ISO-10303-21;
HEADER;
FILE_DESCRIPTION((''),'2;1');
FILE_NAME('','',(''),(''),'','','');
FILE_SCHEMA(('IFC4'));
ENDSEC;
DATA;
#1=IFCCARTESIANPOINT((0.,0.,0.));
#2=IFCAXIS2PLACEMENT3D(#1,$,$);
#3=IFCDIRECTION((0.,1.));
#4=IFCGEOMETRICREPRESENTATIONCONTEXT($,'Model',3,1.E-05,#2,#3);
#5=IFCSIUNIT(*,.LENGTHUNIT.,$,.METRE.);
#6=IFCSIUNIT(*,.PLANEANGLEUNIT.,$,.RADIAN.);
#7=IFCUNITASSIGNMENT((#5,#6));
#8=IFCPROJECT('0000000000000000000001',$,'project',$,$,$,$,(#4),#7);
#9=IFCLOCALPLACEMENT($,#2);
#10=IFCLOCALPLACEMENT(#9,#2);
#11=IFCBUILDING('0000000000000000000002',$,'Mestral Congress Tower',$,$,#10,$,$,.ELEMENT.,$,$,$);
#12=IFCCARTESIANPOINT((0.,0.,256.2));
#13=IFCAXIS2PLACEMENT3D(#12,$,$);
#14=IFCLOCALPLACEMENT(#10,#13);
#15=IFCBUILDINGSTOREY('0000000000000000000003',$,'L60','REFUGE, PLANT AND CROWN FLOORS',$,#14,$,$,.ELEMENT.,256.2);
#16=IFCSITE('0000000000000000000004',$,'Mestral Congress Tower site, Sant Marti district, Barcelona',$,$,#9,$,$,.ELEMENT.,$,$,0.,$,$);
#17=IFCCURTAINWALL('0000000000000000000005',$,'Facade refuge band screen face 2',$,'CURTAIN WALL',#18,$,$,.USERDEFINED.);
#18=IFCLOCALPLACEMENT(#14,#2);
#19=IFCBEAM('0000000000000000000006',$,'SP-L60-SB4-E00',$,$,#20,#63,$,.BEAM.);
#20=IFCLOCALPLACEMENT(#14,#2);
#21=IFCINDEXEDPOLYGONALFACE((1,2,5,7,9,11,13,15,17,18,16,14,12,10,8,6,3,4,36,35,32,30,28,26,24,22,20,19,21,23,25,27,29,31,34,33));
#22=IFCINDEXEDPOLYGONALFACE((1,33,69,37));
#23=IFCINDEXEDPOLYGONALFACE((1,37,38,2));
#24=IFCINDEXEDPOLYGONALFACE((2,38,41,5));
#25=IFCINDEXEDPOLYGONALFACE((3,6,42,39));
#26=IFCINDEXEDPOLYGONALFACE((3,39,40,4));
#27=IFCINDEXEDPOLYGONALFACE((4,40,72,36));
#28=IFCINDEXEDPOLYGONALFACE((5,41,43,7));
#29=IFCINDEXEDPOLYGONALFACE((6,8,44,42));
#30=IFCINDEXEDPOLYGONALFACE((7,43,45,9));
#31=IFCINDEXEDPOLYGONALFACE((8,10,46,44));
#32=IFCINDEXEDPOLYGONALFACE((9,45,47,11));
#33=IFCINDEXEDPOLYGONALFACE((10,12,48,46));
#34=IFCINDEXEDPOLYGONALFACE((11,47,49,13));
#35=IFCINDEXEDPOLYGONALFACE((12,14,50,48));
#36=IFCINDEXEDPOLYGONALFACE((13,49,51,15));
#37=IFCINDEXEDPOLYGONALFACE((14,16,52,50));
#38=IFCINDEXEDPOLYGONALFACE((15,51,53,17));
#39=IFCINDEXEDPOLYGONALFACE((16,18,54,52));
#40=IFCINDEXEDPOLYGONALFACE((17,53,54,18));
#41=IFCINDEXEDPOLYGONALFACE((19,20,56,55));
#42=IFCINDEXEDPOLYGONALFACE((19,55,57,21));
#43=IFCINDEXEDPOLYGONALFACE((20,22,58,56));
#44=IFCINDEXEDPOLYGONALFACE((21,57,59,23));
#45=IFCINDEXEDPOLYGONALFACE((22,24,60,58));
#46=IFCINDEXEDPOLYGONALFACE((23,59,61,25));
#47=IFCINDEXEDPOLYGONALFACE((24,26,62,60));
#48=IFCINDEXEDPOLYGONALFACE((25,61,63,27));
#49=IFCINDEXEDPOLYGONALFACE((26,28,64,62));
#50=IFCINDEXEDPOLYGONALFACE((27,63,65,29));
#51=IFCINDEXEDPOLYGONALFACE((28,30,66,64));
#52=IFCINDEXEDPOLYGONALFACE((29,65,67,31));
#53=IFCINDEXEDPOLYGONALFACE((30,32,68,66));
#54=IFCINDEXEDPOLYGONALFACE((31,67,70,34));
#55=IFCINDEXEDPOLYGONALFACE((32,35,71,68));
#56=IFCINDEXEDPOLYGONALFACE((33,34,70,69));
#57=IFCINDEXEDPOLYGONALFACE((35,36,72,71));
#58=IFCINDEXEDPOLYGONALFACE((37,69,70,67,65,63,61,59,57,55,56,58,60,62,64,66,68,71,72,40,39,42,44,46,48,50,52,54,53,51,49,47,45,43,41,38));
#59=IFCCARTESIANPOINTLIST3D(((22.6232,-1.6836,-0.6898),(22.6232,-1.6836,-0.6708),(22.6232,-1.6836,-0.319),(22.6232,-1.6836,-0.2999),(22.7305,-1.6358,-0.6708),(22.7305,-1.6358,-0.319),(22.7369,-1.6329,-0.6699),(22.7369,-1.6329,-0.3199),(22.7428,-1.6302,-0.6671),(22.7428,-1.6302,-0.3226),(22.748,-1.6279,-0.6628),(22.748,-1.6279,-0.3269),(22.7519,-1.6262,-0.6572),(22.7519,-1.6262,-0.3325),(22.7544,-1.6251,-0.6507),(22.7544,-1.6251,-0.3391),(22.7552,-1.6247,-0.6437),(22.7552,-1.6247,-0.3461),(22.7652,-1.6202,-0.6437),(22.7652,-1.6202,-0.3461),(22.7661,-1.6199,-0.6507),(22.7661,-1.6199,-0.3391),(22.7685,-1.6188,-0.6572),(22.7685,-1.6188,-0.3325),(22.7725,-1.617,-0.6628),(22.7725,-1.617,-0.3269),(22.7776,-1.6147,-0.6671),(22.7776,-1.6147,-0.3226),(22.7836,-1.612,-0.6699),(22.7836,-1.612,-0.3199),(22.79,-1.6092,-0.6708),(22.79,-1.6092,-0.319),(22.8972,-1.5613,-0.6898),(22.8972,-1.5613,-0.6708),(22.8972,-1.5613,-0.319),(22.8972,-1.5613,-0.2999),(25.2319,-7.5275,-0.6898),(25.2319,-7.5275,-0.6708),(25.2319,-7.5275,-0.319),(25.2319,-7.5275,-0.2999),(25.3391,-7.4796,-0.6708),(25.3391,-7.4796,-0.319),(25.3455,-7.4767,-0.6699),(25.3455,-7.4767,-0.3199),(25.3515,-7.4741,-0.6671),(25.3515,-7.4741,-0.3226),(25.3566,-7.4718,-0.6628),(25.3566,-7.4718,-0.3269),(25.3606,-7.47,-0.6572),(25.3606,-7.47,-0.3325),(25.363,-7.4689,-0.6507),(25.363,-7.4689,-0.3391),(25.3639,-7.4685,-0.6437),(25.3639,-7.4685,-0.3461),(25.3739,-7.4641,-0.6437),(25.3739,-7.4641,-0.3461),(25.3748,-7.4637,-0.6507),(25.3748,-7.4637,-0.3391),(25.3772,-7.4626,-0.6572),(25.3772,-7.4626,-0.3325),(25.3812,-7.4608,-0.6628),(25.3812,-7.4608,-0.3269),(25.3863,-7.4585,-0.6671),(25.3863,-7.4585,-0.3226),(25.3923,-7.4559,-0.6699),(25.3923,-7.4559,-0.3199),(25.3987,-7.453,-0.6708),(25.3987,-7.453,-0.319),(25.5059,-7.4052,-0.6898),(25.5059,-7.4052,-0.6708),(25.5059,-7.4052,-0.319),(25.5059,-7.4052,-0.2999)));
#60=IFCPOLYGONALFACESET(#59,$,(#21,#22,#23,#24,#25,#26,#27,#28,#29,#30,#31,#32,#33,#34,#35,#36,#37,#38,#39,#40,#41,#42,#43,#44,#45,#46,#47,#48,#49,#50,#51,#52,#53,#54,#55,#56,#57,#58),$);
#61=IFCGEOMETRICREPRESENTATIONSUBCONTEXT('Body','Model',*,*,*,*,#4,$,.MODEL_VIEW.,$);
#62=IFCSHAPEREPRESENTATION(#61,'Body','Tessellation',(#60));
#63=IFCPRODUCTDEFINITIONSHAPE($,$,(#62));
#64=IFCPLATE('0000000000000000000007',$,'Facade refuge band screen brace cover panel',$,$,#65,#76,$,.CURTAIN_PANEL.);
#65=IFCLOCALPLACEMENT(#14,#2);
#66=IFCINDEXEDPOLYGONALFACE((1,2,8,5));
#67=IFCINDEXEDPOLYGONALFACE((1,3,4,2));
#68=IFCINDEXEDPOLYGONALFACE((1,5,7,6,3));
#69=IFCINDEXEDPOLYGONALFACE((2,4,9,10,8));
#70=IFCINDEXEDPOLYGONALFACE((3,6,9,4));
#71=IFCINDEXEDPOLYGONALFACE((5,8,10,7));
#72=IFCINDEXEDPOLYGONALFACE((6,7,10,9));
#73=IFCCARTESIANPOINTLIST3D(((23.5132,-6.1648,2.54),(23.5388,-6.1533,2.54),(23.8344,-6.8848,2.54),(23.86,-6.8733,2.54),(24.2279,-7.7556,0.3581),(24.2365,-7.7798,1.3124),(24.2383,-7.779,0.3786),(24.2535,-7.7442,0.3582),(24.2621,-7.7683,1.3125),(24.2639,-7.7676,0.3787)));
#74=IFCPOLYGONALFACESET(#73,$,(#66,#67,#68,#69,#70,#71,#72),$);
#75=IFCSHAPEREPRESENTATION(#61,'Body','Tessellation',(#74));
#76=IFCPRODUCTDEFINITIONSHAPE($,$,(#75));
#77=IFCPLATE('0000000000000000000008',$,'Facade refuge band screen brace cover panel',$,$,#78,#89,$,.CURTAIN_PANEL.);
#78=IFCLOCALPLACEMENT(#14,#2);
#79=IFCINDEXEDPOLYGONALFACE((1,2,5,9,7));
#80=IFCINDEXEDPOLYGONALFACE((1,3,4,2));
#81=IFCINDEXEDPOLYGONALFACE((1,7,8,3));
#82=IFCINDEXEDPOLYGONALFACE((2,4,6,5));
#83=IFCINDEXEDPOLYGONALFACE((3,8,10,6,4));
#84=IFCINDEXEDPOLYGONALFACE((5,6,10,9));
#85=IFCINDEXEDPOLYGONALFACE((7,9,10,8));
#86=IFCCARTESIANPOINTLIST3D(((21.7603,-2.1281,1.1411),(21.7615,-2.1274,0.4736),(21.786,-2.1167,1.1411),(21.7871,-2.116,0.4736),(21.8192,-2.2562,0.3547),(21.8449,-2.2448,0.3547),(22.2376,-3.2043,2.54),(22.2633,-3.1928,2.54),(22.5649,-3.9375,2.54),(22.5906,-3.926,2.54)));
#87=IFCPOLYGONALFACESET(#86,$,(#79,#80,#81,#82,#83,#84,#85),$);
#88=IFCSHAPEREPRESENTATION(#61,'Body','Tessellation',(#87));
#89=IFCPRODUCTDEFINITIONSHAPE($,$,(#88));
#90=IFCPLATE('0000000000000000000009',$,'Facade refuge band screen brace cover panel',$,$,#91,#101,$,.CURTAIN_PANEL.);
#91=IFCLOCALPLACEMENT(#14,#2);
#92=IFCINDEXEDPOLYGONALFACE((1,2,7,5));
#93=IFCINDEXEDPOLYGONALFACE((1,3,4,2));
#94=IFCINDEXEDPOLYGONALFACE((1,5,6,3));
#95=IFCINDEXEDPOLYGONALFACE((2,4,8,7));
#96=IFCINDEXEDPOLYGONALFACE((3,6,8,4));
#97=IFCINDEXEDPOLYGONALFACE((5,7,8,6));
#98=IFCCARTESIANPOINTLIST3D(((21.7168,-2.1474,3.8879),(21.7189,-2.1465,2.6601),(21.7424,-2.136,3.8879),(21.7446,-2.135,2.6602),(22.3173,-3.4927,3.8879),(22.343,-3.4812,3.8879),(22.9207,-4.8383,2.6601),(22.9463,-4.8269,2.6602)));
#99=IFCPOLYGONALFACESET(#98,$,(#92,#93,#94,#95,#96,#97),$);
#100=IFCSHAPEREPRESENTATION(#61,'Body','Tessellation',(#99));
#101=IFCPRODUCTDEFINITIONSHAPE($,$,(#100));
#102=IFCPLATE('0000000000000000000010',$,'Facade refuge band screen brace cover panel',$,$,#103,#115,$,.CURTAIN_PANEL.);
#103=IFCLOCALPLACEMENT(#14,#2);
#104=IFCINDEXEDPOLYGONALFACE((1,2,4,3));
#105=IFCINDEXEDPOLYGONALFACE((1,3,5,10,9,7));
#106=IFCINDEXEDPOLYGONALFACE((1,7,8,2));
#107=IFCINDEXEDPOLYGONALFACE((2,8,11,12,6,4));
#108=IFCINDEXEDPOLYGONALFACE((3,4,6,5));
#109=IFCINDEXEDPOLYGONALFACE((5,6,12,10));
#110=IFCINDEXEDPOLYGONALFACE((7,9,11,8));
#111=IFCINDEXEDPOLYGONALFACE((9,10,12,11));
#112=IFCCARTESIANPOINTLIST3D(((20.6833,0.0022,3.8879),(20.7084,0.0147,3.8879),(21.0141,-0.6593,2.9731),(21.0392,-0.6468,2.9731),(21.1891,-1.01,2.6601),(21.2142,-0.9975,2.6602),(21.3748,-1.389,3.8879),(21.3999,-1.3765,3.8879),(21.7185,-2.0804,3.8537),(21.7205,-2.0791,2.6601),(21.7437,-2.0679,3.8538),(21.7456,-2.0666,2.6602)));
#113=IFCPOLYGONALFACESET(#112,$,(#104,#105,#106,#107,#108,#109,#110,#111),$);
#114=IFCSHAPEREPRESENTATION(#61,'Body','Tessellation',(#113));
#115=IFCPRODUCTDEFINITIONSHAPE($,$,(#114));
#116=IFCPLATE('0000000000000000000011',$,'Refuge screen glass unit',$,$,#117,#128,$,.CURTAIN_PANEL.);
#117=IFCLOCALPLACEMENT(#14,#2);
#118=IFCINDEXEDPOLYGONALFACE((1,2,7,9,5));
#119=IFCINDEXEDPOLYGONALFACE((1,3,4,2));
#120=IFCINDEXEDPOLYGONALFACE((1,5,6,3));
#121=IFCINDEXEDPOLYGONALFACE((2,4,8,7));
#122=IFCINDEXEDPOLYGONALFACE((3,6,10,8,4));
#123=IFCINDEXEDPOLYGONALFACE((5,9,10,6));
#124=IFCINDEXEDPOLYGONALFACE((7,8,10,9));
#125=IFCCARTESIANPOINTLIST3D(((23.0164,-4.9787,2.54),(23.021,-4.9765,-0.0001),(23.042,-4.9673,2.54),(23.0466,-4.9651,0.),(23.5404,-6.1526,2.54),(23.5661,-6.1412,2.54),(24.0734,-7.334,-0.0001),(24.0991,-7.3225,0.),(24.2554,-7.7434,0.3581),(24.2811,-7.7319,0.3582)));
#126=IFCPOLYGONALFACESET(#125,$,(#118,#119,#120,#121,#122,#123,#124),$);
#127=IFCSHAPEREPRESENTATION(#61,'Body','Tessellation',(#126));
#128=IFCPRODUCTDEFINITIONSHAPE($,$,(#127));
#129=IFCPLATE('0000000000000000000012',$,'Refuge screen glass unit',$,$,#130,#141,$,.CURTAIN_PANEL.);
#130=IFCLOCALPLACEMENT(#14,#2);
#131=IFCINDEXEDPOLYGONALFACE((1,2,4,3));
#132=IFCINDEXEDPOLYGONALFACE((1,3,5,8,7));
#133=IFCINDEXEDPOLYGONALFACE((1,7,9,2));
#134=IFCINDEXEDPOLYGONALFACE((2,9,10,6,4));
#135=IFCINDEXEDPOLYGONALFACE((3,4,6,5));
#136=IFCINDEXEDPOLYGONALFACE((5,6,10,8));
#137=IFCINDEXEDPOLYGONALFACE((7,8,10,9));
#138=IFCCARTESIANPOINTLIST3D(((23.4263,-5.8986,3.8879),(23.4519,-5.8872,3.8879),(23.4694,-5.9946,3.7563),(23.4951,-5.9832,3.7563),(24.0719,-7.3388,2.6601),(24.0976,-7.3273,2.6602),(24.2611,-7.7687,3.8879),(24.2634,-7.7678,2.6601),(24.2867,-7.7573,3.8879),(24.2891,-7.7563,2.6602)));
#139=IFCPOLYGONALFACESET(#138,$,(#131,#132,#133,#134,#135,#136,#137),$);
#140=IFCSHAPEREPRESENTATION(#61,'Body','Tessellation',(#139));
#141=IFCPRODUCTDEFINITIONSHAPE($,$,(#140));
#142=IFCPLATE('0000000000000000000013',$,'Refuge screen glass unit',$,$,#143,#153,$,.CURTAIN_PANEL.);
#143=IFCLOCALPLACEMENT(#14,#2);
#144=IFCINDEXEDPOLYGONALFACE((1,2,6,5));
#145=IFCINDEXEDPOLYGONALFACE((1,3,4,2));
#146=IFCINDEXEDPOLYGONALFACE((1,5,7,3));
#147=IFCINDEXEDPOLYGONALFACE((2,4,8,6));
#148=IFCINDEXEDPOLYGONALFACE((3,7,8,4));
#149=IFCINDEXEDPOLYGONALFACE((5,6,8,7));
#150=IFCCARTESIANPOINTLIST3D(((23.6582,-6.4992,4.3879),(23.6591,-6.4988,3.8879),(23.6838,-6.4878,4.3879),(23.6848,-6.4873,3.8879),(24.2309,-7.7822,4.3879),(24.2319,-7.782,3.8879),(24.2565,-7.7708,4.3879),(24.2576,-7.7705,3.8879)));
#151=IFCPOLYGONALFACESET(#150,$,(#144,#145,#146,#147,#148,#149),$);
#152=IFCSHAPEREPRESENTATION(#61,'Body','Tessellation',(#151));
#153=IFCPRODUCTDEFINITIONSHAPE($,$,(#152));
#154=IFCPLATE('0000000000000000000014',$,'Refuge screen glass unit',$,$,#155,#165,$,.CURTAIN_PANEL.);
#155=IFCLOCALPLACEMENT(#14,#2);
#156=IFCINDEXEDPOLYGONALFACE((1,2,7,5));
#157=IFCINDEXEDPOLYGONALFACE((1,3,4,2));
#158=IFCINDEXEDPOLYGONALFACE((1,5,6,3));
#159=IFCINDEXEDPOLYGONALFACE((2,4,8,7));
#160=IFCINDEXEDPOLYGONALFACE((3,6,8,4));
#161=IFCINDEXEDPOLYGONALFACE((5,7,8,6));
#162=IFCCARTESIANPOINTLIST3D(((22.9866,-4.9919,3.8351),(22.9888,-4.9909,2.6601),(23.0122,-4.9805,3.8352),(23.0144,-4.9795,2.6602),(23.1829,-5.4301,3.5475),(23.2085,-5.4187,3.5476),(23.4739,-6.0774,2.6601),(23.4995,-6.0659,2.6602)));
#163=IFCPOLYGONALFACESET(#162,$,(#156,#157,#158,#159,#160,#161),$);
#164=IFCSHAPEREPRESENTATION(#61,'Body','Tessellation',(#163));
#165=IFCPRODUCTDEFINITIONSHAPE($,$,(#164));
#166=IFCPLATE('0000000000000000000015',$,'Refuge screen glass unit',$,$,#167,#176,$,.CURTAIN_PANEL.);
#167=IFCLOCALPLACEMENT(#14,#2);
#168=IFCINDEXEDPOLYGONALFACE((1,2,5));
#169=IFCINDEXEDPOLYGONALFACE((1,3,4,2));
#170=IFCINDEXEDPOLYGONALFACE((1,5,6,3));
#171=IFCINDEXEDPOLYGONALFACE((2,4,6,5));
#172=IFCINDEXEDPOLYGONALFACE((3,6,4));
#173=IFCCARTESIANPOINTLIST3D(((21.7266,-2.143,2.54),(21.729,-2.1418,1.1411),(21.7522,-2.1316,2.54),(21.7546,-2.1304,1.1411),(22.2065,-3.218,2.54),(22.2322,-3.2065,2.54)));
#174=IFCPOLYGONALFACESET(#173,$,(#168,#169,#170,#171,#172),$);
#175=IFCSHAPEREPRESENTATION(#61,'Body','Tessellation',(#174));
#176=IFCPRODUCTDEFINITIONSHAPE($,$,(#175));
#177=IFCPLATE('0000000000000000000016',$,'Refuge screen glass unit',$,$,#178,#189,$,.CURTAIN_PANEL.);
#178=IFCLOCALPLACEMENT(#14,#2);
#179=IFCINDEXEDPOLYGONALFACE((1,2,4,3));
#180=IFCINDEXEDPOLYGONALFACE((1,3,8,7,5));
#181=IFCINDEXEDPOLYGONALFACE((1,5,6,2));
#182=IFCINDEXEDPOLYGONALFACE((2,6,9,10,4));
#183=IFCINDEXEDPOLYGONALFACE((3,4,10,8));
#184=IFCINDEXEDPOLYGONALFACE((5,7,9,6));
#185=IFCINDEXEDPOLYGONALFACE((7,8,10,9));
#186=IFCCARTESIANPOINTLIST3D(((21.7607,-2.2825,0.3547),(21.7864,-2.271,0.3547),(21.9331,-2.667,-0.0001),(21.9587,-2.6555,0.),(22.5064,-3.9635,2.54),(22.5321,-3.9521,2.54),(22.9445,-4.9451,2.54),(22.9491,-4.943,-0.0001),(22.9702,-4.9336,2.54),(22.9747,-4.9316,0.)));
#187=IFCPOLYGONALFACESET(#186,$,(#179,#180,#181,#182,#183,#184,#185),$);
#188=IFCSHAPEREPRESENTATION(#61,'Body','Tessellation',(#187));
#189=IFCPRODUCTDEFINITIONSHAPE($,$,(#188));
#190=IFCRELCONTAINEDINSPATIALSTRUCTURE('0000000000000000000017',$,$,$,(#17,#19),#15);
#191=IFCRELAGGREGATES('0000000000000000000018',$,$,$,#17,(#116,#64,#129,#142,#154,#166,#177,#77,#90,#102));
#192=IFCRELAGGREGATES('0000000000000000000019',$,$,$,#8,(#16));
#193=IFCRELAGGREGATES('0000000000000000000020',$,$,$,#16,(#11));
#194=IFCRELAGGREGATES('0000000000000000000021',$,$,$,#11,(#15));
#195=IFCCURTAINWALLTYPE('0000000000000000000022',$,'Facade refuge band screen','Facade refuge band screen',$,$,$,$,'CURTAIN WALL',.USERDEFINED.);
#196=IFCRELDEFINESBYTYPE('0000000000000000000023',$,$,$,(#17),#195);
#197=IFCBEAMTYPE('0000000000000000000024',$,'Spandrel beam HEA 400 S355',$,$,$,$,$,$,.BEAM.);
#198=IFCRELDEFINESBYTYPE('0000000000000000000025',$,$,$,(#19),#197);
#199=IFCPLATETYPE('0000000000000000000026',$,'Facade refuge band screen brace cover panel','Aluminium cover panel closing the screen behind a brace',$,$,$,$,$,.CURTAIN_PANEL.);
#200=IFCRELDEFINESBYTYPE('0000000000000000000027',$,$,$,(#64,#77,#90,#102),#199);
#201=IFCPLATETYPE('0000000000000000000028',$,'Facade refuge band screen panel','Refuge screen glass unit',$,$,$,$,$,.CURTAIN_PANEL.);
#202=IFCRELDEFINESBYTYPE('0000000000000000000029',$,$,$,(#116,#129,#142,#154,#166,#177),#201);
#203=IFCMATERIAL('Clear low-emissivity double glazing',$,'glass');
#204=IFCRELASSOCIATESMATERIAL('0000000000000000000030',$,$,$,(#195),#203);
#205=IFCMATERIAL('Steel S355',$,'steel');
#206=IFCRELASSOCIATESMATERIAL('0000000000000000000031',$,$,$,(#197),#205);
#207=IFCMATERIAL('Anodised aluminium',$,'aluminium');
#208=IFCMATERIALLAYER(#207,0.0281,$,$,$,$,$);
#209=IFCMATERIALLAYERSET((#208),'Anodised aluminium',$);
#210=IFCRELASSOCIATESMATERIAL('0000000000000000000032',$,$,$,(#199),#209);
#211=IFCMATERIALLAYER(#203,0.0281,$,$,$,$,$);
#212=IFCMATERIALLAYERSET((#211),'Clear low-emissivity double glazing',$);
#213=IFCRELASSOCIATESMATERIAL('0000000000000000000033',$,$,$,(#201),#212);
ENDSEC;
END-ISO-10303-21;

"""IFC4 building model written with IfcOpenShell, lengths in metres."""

from ifc_helpers import new_model, si_unit, direction, frame, origin, origin_2d, place, context, subcontext, project, spatial, polyline, i_section, outline, extrude, material, layer, layer_set, material_profile, profile_set, type_object, element, aggregate, save


model = new_model("IFC4")

# Units and contexts
model_context = context("Model", 3, precision=1e-05, world=origin(), true_north=direction((0.0, 1.0)))
body_context = subcontext(model_context, "Body", "Model", "MODEL_VIEW")
ifc_project = project(units=[si_unit("LENGTHUNIT", "METRE"), si_unit("PLANEANGLEUNIT", "RADIAN")], contexts=[model_context])

# Site, building, storey
site_placement = place(None, origin())
site = spatial("IfcSite", under=ifc_project, at=site_placement, Name="Mestral Congress Tower site, Sant Marti district, Barcelona", CompositionType="ELEMENT", RefElevation=0.0)
building_placement = place(site_placement, origin())
building = spatial("IfcBuilding", under=site, at=building_placement, Name="Mestral Congress Tower", CompositionType="ELEMENT")
storey_placement = place(building_placement, frame((0.0, 0.0, 256.2)))
storey = spatial("IfcBuildingStorey", under=building, at=storey_placement, Name="L60", Description="REFUGE, PLANT AND CROWN FLOORS", CompositionType="ELEMENT", Elevation=256.2)

# Shared definitions
ifc_material_1 = material(Name="Steel S355", Category="steel")

# Curtain wall
ifc_material_2 = material(Name="Clear low-emissivity double glazing", Category="glass")
curtain_wall_type = type_object("IfcCurtainWallType", Name="Facade refuge band screen", Description="Facade refuge band screen", ElementType="CURTAIN WALL", PredefinedType="USERDEFINED", material=ifc_material_2)
curtain_wall_placement = place(storey_placement, origin())
curtain_wall = element("IfcCurtainWall", 1, at=curtain_wall_placement, inside=storey, type_object=curtain_wall_type, Name="Facade refuge band screen face 2", ObjectType="CURTAIN WALL", PredefinedType="USERDEFINED")
ifc_material_3 = material(Name="Anodised aluminium", Category="aluminium")

# Beam
ifc_material_profile_1 = material_profile(ifc_material_1, i_section(OverallWidth=0.3, OverallDepth=0.3899, WebThickness=0.011, FlangeThickness=0.019, FilletRadius=0.0271, at=origin_2d()), Name="HEA 400")
ifc_profile_set_1 = profile_set([ifc_material_profile_1], Name="Steel S355")
beam_type_1 = type_object("IfcBeamType", Name="Spandrel beam HEA 400 S355", PredefinedType="BEAM", material=ifc_profile_set_1)
beam_1_placement = place(storey_placement, frame((25.3689, -7.4663, -0.4949), z_axis=(-0.407628, 0.913148, 0.0), x_axis=(-0.913148, -0.407628, 0.0)))
element("IfcBeam", 2, at=beam_1_placement, inside=storey, type_object=beam_type_1, Name="SP-L60-SB4-E00", PredefinedType="BEAM", context=body_context, shape_type="SweptSolid", body=[
    extrude(i_section(OverallWidth=0.3, OverallDepth=0.3899, WebThickness=0.011, FlangeThickness=0.019, FilletRadius=0.0271, at=origin_2d()), origin(), (0.0, 0.0, 1.0), 6.3997),
])

# Plates
ifc_layer_1 = layer(ifc_material_3, 0.0281)
ifc_layer_set_1 = layer_set([ifc_layer_1], Name="Anodised aluminium")
plate_type_1 = type_object("IfcPlateType", Name="Facade refuge band screen brace cover panel", Description="Aluminium cover panel closing the screen behind a brace", PredefinedType="CURTAIN_PANEL", material=ifc_layer_set_1)
plate_1_placement = place(storey_placement, frame((23.5388, -6.1533, 2.54), z_axis=(0.913241, 0.407415, 0.002091), x_axis=(0.255872, -0.56954, -0.781123)))
plate_1 = element("IfcPlate", 3, at=plate_1_placement, type_object=plate_type_1, Name="Facade refuge band screen brace cover panel", PredefinedType="CURTAIN_PANEL", context=body_context, shape_type="SweptSolid", body=[
    extrude(outline(polyline([(0.0, 0.0), (2.7933, 0.0), (2.7932, -0.0328), (2.0638, -0.6158), (0.4923, -0.6158), (0.0, 0.0)])), origin(), (0.0, 0.0, -1.0), 0.0281),
])
plate_2_placement = place(storey_placement, frame((21.7871, -2.116, 0.4736), z_axis=(0.913154, 0.40761, 0.001991), x_axis=(0.312964, -0.697976, -0.644115)))
plate_2 = element("IfcPlate", 4, at=plate_2_placement, type_object=plate_type_1, Name="Facade refuge band screen brace cover panel", PredefinedType="CURTAIN_PANEL", context=body_context, shape_type="SweptSolid", body=[
    extrude(outline(polyline([(0.0, 0.0), (0.1846, 0.0), (0.1838, -2.8562), (-0.4304, -2.3391), (-0.4298, -0.5107), (0.0, 0.0)])), origin(), (0.0, 0.0, -1.0), 0.0281),
])
plate_3_placement = place(storey_placement, frame((21.7424, -2.136, 3.8879), z_axis=(0.913139, 0.407644, 0.001917), x_axis=(0.001752, 0.000779, -0.999998)))
plate_3 = element("IfcPlate", 5, at=plate_3_placement, type_object=plate_type_1, Name="Facade refuge band screen brace cover panel", PredefinedType="CURTAIN_PANEL", context=body_context, shape_type="SweptSolid", body=[
    extrude(outline(polyline([(0.0, 0.0), (1.2278, 0.0), (1.2278, -2.9479), (0.0, -1.4732), (0.0, 0.0)])), origin(), (0.0, 0.0, -1.0), 0.0281),
])
plate_4_placement = place(storey_placement, frame((21.7437, -2.0679, 3.8538), z_axis=(0.895475, 0.445107, 0.001962), x_axis=(-0.44475, 0.894562, 0.044223)))
plate_4 = element("IfcPlate", 6, at=plate_4_placement, type_object=plate_type_1, Name="Facade refuge band screen brace cover panel", PredefinedType="CURTAIN_PANEL", context=body_context, shape_type="SweptSolid", body=[
    extrude(outline(polyline([(0.0, 0.0), (0.7729, 0.0), (2.3249, -0.0687), (1.5456, -0.9499), (1.1402, -1.2452), (-0.0526, -1.1924), (0.0, 0.0)])), origin(), (0.0, 0.0, -1.0), 0.0281),
])
ifc_layer_2 = layer(ifc_material_2, 0.0281)
ifc_layer_set_2 = layer_set([ifc_layer_2], Name="Clear low-emissivity double glazing")
plate_type_2 = type_object("IfcPlateType", Name="Facade refuge band screen panel", Description="Refuge screen glass unit", PredefinedType="CURTAIN_PANEL", material=ifc_layer_set_2)
plate_5_placement = place(storey_placement, frame((23.042, -4.9673, 2.54), z_axis=(0.913128, 0.407668, 0.002007), x_axis=(0.001814, 0.000859, -0.999998)))
plate_5 = element("IfcPlate", 7, at=plate_5_placement, type_object=plate_type_2, Name="Refuge screen glass unit", PredefinedType="CURTAIN_PANEL", context=body_context, shape_type="SweptSolid", body=[
    extrude(outline(polyline([(0.0, 0.0), (2.54, 0.0), (2.5399, -2.5817), (2.1818, -3.0297), (-0.0001, -1.2855), (0.0, 0.0)])), origin(), (0.0, 0.0, -1.0), 0.0281),
])
plate_6_placement = place(storey_placement, frame((24.2891, -7.7563, 2.6602), z_axis=(0.913152, 0.407615, 0.00207), x_axis=(-0.001925, -0.000767, 0.999998)))
plate_6 = element("IfcPlate", 8, at=plate_6_placement, type_object=plate_type_2, Name="Refuge screen glass unit", PredefinedType="CURTAIN_PANEL", context=body_context, shape_type="SweptSolid", body=[
    extrude(outline(polyline([(0.0, 0.0), (1.2278, 0.0), (1.228, -2.0479), (1.0964, -1.9427), (0.0, -0.4698), (0.0, 0.0)])), origin(), (0.0, 0.0, -1.0), 0.0281),
])
plate_7_placement = place(storey_placement, frame((23.6838, -6.4878, 4.3879), z_axis=(0.913149, 0.40762, 0.002082), x_axis=(0.001862, 0.000936, -0.999998)))
plate_7 = element("IfcPlate", 9, at=plate_7_placement, type_object=plate_type_2, Name="Refuge screen glass unit", PredefinedType="CURTAIN_PANEL", context=body_context, shape_type="SweptSolid", body=[
    extrude(outline(polyline([(0.0, 0.0), (0.5, 0.0), (0.4999, -1.4052), (-0.0001, -1.405), (0.0, 0.0)])), origin(), (0.0, 0.0, -1.0), 0.0281),
])
plate_8_placement = place(storey_placement, frame((23.4995, -6.0659, 2.6602), z_axis=(0.913115, 0.407697, 0.002069), x_axis=(-0.25609, 0.569598, 0.781009)))
plate_8 = element("IfcPlate", 10, at=plate_8_placement, type_object=plate_type_2, Name="Refuge screen glass unit", PredefinedType="CURTAIN_PANEL", context=body_context, shape_type="SweptSolid", body=[
    extrude(outline(polyline([(0.0, 0.0), (1.1363, 0.0), (1.6608, -0.1954), (0.7431, -0.9293), (0.0, 0.0)])), origin(), (0.0, 0.0, -1.0), 0.0281),
])
plate_9_placement = place(storey_placement, frame((21.7522, -2.1316, 2.54), z_axis=(0.913107, 0.407715, 0.001949), x_axis=(0.001745, 0.000873, -0.999998)))
plate_9 = element("IfcPlate", 11, at=plate_9_placement, type_object=plate_type_2, Name="Refuge screen glass unit", PredefinedType="CURTAIN_PANEL", context=body_context, shape_type="SweptSolid", body=[
    extrude(outline(polyline([(0.0, 0.0), (1.3989, 0.0), (-0.0001, -1.1772), (0.0, 0.0)])), origin(), (0.0, 0.0, -1.0), 0.0281),
])
plate_10_placement = place(storey_placement, frame((21.9587, -2.6555, 0.0), z_axis=(0.913159, 0.4076, 0.001944), x_axis=(0.407601, -0.91316, 0.0)))
plate_10 = element("IfcPlate", 12, at=plate_10_placement, type_object=plate_type_2, Name="Refuge screen glass unit", PredefinedType="CURTAIN_PANEL", context=body_context, shape_type="SweptSolid", body=[
    extrude(outline(polyline([(0.0, 0.0), (2.4925, 0.0), (2.4925, -2.54), (1.4177, -2.54), (-0.4214, -0.3547), (0.0, 0.0)])), origin(), (0.0, 0.0, -1.0), 0.0281),
])

aggregate(curtain_wall, [plate_5, plate_1, plate_6, plate_7, plate_8, plate_9, plate_10, plate_2, plate_3, plate_4])

save(model, "model.ifc")
